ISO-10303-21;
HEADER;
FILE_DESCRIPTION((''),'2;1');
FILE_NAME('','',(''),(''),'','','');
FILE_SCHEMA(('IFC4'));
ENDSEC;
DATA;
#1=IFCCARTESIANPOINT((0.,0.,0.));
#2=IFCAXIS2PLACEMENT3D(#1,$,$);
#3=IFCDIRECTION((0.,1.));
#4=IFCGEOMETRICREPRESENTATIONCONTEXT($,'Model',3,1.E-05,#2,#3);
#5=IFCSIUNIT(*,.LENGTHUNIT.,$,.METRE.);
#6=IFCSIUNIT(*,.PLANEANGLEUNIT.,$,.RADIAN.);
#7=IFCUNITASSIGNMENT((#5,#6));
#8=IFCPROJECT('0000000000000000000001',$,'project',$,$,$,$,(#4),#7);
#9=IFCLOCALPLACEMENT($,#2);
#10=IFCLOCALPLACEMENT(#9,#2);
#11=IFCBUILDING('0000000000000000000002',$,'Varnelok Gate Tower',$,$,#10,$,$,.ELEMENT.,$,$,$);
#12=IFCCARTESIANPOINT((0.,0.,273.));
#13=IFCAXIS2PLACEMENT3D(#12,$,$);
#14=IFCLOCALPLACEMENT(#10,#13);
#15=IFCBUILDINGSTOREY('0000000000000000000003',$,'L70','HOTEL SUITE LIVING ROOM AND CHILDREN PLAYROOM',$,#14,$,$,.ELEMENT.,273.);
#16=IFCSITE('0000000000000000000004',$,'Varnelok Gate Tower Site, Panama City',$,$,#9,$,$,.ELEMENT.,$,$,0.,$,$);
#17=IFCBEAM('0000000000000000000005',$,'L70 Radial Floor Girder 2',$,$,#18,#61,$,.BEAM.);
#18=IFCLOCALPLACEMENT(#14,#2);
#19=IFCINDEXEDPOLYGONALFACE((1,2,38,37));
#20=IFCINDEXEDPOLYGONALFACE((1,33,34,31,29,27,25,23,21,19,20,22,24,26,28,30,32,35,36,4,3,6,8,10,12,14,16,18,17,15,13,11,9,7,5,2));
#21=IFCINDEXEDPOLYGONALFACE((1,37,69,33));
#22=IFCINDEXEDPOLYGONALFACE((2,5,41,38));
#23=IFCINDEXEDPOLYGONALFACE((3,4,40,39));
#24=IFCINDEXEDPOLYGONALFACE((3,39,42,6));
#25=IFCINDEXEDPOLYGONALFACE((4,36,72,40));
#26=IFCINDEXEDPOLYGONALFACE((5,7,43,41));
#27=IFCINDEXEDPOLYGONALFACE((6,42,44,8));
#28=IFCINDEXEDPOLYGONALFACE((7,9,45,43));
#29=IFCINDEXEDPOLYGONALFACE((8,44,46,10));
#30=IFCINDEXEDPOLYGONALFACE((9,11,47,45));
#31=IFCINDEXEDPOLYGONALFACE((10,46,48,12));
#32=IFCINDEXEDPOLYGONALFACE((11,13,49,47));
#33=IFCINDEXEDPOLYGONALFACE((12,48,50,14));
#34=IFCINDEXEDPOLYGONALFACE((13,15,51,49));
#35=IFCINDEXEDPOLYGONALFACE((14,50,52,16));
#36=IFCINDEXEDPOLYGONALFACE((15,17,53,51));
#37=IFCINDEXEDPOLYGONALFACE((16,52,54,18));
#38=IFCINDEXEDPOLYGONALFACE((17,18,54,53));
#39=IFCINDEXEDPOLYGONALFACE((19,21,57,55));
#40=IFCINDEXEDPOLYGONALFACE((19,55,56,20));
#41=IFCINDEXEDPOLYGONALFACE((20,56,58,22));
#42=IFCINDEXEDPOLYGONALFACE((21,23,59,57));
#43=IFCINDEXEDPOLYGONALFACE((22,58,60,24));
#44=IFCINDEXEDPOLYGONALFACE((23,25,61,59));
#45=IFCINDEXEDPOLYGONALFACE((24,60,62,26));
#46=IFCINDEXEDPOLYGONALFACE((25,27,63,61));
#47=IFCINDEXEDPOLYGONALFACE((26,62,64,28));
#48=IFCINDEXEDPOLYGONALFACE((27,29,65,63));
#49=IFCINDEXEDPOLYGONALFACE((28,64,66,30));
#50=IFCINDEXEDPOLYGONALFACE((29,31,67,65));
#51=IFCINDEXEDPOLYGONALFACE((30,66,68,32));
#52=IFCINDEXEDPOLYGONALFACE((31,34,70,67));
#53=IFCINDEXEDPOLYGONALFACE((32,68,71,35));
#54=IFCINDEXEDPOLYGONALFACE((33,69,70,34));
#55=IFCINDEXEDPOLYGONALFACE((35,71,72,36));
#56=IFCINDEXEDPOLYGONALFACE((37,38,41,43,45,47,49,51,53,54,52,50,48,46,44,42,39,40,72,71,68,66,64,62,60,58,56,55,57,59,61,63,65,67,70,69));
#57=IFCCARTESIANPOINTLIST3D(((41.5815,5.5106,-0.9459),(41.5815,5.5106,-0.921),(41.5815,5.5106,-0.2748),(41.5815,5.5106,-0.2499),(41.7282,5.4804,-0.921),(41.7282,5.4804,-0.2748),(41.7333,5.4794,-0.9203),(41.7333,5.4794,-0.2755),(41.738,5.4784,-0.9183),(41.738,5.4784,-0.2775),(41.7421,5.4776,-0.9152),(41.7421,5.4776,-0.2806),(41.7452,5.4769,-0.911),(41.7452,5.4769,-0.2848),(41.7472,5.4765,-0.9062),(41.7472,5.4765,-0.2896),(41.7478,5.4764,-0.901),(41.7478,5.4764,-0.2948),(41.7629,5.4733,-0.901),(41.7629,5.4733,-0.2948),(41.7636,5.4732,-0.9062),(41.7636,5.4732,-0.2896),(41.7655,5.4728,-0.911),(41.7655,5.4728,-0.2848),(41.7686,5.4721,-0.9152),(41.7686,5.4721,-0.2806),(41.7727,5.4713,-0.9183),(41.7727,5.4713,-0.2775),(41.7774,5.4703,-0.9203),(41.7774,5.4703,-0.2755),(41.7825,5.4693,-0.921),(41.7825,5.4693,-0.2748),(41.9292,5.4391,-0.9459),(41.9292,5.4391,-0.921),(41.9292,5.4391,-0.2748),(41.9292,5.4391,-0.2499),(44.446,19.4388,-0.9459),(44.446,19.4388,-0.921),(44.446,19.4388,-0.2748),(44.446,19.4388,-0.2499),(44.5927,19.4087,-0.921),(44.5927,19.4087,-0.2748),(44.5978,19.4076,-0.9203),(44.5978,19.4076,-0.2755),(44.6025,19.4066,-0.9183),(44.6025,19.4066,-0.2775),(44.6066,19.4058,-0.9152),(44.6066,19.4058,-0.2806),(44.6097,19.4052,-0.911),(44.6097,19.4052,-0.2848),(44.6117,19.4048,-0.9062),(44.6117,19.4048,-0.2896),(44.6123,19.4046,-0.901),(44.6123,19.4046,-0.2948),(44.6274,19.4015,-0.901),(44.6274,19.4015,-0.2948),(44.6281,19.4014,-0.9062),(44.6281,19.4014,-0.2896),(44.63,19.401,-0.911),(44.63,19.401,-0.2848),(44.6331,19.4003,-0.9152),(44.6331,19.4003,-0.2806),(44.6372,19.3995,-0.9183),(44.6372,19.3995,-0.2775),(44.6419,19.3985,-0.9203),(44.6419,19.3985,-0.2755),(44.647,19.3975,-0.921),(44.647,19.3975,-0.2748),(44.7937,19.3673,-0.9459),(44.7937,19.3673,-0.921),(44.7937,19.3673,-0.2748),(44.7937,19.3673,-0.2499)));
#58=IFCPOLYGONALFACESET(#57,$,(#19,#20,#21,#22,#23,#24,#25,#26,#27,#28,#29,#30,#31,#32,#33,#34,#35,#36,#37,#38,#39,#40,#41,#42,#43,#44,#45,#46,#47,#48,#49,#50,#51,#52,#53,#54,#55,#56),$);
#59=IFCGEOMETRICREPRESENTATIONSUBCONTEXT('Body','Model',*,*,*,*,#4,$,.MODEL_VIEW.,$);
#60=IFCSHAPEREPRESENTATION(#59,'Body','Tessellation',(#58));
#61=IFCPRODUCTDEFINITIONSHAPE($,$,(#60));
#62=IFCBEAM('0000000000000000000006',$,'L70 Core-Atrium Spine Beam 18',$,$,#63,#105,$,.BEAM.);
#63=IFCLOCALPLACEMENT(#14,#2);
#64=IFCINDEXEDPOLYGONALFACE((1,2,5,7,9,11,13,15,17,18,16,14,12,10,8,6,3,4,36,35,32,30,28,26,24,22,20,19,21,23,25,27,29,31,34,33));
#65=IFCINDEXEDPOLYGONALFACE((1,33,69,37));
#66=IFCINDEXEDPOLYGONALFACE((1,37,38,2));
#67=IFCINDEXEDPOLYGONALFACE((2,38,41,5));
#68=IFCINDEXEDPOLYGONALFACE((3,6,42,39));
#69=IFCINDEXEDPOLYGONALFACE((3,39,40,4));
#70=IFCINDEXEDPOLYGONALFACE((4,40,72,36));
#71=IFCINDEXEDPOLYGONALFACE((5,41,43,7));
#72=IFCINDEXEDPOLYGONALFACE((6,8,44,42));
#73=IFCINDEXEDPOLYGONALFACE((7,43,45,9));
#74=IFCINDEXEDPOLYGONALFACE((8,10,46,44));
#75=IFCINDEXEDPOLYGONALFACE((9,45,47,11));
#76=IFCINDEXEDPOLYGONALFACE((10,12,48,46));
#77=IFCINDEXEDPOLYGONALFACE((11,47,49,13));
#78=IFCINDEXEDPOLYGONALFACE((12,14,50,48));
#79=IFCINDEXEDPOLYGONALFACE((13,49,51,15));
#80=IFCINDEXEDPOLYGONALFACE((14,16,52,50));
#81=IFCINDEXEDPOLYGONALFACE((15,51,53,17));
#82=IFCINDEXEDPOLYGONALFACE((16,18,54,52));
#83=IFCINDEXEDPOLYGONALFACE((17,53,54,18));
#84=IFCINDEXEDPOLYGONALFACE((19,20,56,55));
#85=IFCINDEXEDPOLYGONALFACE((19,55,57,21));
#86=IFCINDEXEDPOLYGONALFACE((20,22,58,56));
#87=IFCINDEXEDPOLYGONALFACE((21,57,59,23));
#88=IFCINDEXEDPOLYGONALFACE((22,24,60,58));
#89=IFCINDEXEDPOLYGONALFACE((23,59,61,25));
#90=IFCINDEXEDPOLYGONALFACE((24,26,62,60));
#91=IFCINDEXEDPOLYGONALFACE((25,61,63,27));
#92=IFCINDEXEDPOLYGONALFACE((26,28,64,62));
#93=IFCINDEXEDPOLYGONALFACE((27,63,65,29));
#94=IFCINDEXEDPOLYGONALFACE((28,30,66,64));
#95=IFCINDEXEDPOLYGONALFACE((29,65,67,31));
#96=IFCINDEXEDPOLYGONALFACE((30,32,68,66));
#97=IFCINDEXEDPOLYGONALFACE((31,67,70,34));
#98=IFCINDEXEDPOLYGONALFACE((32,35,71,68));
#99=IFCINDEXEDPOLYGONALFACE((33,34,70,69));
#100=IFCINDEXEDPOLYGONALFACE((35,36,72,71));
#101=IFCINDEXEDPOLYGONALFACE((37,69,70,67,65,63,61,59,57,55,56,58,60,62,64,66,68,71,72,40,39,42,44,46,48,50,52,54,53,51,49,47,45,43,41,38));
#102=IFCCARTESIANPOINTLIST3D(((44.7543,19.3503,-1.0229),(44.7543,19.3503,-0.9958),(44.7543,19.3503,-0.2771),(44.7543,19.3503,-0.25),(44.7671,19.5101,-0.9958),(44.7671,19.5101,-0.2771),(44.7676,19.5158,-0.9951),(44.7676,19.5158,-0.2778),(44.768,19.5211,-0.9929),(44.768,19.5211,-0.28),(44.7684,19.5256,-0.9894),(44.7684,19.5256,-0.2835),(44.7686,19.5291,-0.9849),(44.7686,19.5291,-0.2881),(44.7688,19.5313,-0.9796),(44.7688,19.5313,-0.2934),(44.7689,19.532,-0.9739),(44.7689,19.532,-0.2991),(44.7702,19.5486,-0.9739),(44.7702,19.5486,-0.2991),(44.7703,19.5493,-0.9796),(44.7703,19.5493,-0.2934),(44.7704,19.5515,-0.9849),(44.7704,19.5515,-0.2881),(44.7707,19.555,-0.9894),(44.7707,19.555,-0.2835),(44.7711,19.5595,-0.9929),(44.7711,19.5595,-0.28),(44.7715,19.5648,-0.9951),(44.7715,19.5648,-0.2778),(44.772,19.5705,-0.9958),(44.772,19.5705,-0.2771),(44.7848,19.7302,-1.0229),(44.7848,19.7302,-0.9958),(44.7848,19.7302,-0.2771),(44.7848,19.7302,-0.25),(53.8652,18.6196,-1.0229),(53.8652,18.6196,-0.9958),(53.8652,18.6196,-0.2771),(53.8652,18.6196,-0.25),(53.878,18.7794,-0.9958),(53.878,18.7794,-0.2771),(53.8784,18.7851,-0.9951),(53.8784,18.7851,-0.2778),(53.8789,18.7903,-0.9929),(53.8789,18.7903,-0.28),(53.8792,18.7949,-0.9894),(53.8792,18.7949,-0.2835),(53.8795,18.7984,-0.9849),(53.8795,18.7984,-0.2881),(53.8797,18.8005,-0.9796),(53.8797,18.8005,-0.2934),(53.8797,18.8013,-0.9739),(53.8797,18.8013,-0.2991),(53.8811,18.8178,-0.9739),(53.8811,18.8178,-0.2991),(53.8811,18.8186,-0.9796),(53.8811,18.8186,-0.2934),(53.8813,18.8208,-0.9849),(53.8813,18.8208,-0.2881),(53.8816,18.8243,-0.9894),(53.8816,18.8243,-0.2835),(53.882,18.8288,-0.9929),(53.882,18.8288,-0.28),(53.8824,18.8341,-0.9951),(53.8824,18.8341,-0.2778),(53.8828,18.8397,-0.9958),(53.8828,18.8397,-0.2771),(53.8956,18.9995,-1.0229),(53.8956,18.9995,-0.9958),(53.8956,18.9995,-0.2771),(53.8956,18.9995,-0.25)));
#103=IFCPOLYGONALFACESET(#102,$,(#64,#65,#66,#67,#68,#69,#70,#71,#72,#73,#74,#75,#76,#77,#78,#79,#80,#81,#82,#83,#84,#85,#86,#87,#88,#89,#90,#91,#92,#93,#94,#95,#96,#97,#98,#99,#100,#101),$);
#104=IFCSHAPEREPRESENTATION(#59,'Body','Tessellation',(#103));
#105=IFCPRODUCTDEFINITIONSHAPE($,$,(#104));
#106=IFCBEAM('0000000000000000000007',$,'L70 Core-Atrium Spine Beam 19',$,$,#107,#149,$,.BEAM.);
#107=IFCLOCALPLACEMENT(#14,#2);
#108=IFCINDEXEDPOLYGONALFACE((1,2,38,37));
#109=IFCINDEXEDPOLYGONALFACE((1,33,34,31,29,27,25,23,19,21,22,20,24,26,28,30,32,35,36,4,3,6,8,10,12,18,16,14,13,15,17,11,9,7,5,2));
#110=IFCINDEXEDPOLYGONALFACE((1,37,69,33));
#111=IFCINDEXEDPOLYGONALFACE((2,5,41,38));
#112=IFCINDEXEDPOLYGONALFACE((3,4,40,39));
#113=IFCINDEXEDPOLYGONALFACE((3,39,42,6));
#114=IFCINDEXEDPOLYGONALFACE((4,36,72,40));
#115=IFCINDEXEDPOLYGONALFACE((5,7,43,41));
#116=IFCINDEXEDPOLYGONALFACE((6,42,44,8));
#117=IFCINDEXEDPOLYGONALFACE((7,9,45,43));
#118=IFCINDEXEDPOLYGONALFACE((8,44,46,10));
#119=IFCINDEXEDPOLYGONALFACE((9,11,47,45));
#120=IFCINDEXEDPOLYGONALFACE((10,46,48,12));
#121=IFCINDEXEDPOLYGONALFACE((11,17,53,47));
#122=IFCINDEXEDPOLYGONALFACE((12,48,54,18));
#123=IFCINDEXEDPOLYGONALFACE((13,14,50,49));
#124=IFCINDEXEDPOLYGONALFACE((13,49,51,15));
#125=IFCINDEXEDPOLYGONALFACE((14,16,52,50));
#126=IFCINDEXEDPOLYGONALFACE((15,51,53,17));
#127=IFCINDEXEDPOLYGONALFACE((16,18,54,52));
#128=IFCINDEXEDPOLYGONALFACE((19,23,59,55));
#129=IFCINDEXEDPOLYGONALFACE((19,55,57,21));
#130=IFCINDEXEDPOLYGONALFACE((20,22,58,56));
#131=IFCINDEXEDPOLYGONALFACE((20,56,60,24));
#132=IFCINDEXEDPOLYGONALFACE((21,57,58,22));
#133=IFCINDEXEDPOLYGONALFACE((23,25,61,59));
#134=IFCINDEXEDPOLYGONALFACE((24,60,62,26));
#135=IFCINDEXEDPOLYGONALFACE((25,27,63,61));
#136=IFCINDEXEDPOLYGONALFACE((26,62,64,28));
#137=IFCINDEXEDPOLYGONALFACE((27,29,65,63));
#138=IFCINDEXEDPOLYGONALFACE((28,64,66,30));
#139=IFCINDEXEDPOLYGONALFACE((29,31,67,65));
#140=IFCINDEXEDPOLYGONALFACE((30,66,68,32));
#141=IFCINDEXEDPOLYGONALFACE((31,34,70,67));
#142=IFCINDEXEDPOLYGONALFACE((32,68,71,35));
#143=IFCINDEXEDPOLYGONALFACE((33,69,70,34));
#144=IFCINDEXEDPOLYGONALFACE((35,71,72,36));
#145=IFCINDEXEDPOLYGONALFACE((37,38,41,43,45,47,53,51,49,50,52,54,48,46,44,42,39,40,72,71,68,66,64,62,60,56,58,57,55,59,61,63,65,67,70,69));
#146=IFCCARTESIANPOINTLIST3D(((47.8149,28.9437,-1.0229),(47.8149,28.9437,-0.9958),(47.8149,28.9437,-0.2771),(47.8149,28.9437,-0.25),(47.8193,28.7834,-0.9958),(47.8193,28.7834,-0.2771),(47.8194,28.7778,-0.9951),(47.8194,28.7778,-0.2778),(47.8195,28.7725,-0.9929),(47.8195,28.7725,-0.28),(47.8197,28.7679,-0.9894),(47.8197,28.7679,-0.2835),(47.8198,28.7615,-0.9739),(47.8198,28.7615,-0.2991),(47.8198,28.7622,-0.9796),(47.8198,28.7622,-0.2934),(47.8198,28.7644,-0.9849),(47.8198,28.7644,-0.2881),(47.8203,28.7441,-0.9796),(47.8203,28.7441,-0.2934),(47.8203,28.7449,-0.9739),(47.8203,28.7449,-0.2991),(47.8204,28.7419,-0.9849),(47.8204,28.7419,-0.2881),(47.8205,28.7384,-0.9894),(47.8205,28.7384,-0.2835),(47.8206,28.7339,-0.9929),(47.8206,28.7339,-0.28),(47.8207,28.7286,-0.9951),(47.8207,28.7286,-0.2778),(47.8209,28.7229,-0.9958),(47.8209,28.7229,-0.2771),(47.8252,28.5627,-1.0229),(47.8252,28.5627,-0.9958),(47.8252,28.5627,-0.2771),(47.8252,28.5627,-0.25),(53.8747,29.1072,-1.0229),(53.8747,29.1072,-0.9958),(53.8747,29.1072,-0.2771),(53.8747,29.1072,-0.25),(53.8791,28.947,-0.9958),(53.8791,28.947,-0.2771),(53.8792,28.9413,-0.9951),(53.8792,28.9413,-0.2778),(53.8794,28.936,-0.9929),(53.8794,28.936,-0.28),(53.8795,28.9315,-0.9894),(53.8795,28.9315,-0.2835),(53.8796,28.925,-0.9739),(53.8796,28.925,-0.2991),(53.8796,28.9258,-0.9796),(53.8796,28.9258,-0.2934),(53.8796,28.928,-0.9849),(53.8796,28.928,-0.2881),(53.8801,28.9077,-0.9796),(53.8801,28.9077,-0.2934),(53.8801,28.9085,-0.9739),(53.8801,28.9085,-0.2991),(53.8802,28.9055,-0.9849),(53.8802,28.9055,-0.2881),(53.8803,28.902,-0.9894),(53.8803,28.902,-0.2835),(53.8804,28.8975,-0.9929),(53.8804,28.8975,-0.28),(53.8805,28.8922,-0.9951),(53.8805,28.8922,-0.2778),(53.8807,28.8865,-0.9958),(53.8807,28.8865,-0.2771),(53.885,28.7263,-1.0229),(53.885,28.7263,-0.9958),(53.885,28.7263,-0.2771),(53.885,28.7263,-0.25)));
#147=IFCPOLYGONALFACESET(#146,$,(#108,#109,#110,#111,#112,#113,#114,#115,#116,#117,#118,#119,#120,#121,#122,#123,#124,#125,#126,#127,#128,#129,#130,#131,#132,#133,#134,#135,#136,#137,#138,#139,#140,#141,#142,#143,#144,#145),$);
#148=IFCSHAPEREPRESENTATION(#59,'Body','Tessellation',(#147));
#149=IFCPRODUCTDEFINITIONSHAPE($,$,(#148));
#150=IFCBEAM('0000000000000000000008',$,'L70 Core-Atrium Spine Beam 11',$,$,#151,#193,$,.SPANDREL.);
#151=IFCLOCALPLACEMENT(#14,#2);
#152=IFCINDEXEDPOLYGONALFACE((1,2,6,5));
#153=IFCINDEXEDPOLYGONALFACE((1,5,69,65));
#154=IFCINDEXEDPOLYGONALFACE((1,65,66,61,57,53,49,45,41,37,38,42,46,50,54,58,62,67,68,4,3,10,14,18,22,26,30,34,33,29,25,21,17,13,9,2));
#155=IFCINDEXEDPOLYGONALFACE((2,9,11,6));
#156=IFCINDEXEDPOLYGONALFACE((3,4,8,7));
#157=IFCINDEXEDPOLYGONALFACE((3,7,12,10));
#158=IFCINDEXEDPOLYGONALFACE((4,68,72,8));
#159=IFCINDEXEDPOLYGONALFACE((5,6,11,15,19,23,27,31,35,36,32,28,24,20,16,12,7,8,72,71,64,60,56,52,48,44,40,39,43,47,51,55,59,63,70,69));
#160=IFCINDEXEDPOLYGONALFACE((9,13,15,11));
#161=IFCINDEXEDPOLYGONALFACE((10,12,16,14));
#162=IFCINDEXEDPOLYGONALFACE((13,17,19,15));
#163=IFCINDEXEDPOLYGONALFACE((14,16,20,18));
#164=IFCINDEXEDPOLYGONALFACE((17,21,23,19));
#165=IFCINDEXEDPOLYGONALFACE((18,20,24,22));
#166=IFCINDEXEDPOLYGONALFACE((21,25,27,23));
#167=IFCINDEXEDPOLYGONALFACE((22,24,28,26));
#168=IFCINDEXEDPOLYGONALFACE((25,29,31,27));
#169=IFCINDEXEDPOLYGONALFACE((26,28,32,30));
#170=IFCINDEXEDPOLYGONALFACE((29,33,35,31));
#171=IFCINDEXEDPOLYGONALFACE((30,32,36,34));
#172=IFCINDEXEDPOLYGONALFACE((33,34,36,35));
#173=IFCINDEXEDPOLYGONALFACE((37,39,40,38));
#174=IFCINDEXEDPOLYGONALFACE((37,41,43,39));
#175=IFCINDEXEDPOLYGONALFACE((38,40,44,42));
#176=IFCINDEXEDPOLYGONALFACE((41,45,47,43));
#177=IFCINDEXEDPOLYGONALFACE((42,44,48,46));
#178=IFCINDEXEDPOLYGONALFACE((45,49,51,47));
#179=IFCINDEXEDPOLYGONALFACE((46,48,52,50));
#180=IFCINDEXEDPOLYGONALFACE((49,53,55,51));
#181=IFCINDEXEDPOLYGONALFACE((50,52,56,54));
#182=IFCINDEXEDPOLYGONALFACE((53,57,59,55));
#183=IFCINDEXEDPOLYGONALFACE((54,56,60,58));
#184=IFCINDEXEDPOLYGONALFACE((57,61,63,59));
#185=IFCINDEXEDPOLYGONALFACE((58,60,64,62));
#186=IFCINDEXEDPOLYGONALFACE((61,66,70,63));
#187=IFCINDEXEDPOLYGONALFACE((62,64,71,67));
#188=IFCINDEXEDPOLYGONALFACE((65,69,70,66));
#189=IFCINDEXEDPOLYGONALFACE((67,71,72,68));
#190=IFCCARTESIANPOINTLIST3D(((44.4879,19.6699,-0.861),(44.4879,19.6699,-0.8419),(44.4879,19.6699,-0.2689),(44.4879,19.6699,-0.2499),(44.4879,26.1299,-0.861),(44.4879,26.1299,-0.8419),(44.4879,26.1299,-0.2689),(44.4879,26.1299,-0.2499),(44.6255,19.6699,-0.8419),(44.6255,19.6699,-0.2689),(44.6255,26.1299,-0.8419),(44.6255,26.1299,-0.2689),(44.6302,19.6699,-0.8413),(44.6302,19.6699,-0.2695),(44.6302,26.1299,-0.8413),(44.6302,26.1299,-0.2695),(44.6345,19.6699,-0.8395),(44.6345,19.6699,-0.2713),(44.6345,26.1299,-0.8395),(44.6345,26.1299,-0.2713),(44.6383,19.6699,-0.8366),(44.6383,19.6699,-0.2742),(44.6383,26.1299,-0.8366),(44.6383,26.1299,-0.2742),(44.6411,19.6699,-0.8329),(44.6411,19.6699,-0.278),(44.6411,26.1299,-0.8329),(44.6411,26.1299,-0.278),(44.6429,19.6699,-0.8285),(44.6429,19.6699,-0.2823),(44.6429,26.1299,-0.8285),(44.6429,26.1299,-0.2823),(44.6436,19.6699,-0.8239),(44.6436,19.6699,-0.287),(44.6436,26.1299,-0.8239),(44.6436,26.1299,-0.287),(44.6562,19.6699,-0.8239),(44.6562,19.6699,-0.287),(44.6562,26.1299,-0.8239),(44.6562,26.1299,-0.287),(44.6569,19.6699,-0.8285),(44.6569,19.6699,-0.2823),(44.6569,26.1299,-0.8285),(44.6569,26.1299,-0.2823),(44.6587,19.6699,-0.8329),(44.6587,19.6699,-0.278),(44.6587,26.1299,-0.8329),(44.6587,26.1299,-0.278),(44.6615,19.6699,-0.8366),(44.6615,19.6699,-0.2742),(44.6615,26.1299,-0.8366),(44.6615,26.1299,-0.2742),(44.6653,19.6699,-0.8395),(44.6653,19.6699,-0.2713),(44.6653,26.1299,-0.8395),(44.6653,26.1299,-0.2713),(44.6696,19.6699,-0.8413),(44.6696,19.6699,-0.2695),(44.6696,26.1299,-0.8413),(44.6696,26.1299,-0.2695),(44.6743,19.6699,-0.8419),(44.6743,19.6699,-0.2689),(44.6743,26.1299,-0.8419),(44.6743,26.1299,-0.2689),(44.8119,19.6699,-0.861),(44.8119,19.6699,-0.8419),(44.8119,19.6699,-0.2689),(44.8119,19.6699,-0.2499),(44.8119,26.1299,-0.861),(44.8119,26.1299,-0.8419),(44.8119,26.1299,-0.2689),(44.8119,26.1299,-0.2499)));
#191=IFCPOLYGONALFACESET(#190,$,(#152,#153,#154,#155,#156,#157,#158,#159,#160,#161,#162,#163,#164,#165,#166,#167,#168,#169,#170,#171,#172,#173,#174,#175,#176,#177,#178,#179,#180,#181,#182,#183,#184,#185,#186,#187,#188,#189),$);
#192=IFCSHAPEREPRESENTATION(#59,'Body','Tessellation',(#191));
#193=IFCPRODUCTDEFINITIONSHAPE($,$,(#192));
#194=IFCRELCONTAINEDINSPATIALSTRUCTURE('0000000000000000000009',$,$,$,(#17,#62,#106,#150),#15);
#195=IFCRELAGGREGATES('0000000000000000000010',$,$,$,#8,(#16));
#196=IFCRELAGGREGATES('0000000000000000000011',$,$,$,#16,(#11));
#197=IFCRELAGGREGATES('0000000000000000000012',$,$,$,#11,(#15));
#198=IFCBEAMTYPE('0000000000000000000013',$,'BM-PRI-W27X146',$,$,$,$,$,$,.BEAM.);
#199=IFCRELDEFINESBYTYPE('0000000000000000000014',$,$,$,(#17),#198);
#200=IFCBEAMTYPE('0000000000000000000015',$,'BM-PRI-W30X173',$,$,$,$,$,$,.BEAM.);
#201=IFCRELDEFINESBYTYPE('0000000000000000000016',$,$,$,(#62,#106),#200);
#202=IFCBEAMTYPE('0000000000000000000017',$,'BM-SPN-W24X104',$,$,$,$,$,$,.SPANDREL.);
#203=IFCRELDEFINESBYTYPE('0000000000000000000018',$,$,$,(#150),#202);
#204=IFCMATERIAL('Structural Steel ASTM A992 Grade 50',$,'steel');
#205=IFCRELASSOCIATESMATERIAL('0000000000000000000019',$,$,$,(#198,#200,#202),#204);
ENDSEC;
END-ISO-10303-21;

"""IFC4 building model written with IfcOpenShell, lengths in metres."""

from ifc_helpers import new_model, si_unit, direction, frame, origin, origin_2d, place, context, subcontext, project, spatial, i_section, extrude, material, material_profile, profile_set, type_object, element, save


model = new_model("IFC4")

# Units and contexts
model_context = context("Model", 3, precision=1e-05, world=origin(), true_north=direction((0.0, 1.0)))
body_context = subcontext(model_context, "Body", "Model", "MODEL_VIEW")
ifc_project = project(units=[si_unit("LENGTHUNIT", "METRE"), si_unit("PLANEANGLEUNIT", "RADIAN")], contexts=[model_context])

# Site, building, storey
site_placement = place(None, origin())
site = spatial("IfcSite", under=ifc_project, at=site_placement, Name="Varnelok Gate Tower Site, Panama City", CompositionType="ELEMENT", RefElevation=0.0)
building_placement = place(site_placement, origin())
building = spatial("IfcBuilding", under=site, at=building_placement, Name="Varnelok Gate Tower", CompositionType="ELEMENT")
storey_placement = place(building_placement, frame((0.0, 0.0, 273.0)))
storey = spatial("IfcBuildingStorey", under=building, at=storey_placement, Name="L70", Description="HOTEL SUITE LIVING ROOM AND CHILDREN PLAYROOM", CompositionType="ELEMENT", Elevation=273.0)

# Shared definitions
ifc_material_1 = material(Name="Structural Steel ASTM A992 Grade 50", Category="steel")

# Beams
ifc_material_profile_1 = material_profile(ifc_material_1, i_section(OverallWidth=0.355, OverallDepth=0.696, WebThickness=0.0154, FlangeThickness=0.0249, FilletRadius=0.02, at=origin_2d()), Name="W27X146")
ifc_profile_set_1 = profile_set([ifc_material_profile_1], Name="Structural Steel ASTM A992 Grade 50")
beam_type_1 = type_object("IfcBeamType", Name="BM-PRI-W27X146", PredefinedType="BEAM", material=ifc_profile_set_1)
beam_1_placement = place(storey_placement, frame((44.6199, 19.4031, -0.5979), z_axis=(-0.201446, -0.9795, 0.0), x_axis=(0.9795, -0.201446, 0.0)))
element("IfcBeam", 1, at=beam_1_placement, inside=storey, type_object=beam_type_1, Name="L70 Radial Floor Girder 2", PredefinedType="BEAM", context=body_context, shape_type="SweptSolid", body=[
    extrude(i_section(OverallWidth=0.355, OverallDepth=0.696, WebThickness=0.0154, FlangeThickness=0.0249, FilletRadius=0.02, at=origin_2d()), origin(), (0.0, 0.0, 1.0), 14.2197),
])
ifc_material_profile_2 = material_profile(ifc_material_1, i_section(OverallWidth=0.3811, OverallDepth=0.7729, WebThickness=0.0166, FlangeThickness=0.0271, FilletRadius=0.022, at=origin_2d()), Name="W30X173")
ifc_profile_set_2 = profile_set([ifc_material_profile_2], Name="Structural Steel ASTM A992 Grade 50")
beam_type_2 = type_object("IfcBeamType", Name="BM-PRI-W30X173", PredefinedType="BEAM", material=ifc_profile_set_2)
beam_2_placement = place(storey_placement, frame((44.7695, 19.5403, -0.6365), z_axis=(0.996799, -0.079946, 0.0), x_axis=(0.079946, 0.996799, 0.0)))
element("IfcBeam", 2, at=beam_2_placement, inside=storey, type_object=beam_type_2, Name="L70 Core-Atrium Spine Beam 18", PredefinedType="BEAM", context=body_context, shape_type="SweptSolid", body=[
    extrude(i_section(OverallWidth=0.3811, OverallDepth=0.7729, WebThickness=0.0166, FlangeThickness=0.0271, FilletRadius=0.022, at=origin_2d()), origin(), (0.0, 0.0, 1.0), 9.1401),
])
beam_3_placement = place(storey_placement, frame((47.8201, 28.7532, -0.6365), z_axis=(0.999636, 0.026983, 0.0), x_axis=(-0.026983, 0.999636, 0.0)))
element("IfcBeam", 3, at=beam_3_placement, inside=storey, type_object=beam_type_2, Name="L70 Core-Atrium Spine Beam 19", PredefinedType="BEAM", context=body_context, shape_type="SweptSolid", body=[
    extrude(i_section(OverallWidth=0.3811, OverallDepth=0.7729, WebThickness=0.0166, FlangeThickness=0.0271, FilletRadius=0.022, at=origin_2d()), origin(), (0.0, 0.0, 1.0), 6.062),
])
ifc_material_profile_3 = material_profile(ifc_material_1, i_section(OverallWidth=0.324, OverallDepth=0.6111, WebThickness=0.0127, FlangeThickness=0.019, FilletRadius=0.0181, at=origin_2d()), Name="W24X104")
ifc_profile_set_3 = profile_set([ifc_material_profile_3], Name="Structural Steel ASTM A992 Grade 50")
beam_type_3 = type_object("IfcBeamType", Name="BM-SPN-W24X104", PredefinedType="SPANDREL", material=ifc_profile_set_3)
beam_4_placement = place(storey_placement, frame((44.6499, 19.6699, -0.5554), z_axis=(0.0, 1.0, 0.0), x_axis=(-1.0, 0.0, 0.0)))
element("IfcBeam", 4, at=beam_4_placement, inside=storey, type_object=beam_type_3, Name="L70 Core-Atrium Spine Beam 11", PredefinedType="SPANDREL", context=body_context, shape_type="SweptSolid", body=[
    extrude(i_section(OverallWidth=0.324, OverallDepth=0.6111, WebThickness=0.0127, FlangeThickness=0.019, FilletRadius=0.0181, at=origin_2d()), origin(), (0.0, 0.0, 1.0), 6.46),
])

save(model, "model.ifc")
